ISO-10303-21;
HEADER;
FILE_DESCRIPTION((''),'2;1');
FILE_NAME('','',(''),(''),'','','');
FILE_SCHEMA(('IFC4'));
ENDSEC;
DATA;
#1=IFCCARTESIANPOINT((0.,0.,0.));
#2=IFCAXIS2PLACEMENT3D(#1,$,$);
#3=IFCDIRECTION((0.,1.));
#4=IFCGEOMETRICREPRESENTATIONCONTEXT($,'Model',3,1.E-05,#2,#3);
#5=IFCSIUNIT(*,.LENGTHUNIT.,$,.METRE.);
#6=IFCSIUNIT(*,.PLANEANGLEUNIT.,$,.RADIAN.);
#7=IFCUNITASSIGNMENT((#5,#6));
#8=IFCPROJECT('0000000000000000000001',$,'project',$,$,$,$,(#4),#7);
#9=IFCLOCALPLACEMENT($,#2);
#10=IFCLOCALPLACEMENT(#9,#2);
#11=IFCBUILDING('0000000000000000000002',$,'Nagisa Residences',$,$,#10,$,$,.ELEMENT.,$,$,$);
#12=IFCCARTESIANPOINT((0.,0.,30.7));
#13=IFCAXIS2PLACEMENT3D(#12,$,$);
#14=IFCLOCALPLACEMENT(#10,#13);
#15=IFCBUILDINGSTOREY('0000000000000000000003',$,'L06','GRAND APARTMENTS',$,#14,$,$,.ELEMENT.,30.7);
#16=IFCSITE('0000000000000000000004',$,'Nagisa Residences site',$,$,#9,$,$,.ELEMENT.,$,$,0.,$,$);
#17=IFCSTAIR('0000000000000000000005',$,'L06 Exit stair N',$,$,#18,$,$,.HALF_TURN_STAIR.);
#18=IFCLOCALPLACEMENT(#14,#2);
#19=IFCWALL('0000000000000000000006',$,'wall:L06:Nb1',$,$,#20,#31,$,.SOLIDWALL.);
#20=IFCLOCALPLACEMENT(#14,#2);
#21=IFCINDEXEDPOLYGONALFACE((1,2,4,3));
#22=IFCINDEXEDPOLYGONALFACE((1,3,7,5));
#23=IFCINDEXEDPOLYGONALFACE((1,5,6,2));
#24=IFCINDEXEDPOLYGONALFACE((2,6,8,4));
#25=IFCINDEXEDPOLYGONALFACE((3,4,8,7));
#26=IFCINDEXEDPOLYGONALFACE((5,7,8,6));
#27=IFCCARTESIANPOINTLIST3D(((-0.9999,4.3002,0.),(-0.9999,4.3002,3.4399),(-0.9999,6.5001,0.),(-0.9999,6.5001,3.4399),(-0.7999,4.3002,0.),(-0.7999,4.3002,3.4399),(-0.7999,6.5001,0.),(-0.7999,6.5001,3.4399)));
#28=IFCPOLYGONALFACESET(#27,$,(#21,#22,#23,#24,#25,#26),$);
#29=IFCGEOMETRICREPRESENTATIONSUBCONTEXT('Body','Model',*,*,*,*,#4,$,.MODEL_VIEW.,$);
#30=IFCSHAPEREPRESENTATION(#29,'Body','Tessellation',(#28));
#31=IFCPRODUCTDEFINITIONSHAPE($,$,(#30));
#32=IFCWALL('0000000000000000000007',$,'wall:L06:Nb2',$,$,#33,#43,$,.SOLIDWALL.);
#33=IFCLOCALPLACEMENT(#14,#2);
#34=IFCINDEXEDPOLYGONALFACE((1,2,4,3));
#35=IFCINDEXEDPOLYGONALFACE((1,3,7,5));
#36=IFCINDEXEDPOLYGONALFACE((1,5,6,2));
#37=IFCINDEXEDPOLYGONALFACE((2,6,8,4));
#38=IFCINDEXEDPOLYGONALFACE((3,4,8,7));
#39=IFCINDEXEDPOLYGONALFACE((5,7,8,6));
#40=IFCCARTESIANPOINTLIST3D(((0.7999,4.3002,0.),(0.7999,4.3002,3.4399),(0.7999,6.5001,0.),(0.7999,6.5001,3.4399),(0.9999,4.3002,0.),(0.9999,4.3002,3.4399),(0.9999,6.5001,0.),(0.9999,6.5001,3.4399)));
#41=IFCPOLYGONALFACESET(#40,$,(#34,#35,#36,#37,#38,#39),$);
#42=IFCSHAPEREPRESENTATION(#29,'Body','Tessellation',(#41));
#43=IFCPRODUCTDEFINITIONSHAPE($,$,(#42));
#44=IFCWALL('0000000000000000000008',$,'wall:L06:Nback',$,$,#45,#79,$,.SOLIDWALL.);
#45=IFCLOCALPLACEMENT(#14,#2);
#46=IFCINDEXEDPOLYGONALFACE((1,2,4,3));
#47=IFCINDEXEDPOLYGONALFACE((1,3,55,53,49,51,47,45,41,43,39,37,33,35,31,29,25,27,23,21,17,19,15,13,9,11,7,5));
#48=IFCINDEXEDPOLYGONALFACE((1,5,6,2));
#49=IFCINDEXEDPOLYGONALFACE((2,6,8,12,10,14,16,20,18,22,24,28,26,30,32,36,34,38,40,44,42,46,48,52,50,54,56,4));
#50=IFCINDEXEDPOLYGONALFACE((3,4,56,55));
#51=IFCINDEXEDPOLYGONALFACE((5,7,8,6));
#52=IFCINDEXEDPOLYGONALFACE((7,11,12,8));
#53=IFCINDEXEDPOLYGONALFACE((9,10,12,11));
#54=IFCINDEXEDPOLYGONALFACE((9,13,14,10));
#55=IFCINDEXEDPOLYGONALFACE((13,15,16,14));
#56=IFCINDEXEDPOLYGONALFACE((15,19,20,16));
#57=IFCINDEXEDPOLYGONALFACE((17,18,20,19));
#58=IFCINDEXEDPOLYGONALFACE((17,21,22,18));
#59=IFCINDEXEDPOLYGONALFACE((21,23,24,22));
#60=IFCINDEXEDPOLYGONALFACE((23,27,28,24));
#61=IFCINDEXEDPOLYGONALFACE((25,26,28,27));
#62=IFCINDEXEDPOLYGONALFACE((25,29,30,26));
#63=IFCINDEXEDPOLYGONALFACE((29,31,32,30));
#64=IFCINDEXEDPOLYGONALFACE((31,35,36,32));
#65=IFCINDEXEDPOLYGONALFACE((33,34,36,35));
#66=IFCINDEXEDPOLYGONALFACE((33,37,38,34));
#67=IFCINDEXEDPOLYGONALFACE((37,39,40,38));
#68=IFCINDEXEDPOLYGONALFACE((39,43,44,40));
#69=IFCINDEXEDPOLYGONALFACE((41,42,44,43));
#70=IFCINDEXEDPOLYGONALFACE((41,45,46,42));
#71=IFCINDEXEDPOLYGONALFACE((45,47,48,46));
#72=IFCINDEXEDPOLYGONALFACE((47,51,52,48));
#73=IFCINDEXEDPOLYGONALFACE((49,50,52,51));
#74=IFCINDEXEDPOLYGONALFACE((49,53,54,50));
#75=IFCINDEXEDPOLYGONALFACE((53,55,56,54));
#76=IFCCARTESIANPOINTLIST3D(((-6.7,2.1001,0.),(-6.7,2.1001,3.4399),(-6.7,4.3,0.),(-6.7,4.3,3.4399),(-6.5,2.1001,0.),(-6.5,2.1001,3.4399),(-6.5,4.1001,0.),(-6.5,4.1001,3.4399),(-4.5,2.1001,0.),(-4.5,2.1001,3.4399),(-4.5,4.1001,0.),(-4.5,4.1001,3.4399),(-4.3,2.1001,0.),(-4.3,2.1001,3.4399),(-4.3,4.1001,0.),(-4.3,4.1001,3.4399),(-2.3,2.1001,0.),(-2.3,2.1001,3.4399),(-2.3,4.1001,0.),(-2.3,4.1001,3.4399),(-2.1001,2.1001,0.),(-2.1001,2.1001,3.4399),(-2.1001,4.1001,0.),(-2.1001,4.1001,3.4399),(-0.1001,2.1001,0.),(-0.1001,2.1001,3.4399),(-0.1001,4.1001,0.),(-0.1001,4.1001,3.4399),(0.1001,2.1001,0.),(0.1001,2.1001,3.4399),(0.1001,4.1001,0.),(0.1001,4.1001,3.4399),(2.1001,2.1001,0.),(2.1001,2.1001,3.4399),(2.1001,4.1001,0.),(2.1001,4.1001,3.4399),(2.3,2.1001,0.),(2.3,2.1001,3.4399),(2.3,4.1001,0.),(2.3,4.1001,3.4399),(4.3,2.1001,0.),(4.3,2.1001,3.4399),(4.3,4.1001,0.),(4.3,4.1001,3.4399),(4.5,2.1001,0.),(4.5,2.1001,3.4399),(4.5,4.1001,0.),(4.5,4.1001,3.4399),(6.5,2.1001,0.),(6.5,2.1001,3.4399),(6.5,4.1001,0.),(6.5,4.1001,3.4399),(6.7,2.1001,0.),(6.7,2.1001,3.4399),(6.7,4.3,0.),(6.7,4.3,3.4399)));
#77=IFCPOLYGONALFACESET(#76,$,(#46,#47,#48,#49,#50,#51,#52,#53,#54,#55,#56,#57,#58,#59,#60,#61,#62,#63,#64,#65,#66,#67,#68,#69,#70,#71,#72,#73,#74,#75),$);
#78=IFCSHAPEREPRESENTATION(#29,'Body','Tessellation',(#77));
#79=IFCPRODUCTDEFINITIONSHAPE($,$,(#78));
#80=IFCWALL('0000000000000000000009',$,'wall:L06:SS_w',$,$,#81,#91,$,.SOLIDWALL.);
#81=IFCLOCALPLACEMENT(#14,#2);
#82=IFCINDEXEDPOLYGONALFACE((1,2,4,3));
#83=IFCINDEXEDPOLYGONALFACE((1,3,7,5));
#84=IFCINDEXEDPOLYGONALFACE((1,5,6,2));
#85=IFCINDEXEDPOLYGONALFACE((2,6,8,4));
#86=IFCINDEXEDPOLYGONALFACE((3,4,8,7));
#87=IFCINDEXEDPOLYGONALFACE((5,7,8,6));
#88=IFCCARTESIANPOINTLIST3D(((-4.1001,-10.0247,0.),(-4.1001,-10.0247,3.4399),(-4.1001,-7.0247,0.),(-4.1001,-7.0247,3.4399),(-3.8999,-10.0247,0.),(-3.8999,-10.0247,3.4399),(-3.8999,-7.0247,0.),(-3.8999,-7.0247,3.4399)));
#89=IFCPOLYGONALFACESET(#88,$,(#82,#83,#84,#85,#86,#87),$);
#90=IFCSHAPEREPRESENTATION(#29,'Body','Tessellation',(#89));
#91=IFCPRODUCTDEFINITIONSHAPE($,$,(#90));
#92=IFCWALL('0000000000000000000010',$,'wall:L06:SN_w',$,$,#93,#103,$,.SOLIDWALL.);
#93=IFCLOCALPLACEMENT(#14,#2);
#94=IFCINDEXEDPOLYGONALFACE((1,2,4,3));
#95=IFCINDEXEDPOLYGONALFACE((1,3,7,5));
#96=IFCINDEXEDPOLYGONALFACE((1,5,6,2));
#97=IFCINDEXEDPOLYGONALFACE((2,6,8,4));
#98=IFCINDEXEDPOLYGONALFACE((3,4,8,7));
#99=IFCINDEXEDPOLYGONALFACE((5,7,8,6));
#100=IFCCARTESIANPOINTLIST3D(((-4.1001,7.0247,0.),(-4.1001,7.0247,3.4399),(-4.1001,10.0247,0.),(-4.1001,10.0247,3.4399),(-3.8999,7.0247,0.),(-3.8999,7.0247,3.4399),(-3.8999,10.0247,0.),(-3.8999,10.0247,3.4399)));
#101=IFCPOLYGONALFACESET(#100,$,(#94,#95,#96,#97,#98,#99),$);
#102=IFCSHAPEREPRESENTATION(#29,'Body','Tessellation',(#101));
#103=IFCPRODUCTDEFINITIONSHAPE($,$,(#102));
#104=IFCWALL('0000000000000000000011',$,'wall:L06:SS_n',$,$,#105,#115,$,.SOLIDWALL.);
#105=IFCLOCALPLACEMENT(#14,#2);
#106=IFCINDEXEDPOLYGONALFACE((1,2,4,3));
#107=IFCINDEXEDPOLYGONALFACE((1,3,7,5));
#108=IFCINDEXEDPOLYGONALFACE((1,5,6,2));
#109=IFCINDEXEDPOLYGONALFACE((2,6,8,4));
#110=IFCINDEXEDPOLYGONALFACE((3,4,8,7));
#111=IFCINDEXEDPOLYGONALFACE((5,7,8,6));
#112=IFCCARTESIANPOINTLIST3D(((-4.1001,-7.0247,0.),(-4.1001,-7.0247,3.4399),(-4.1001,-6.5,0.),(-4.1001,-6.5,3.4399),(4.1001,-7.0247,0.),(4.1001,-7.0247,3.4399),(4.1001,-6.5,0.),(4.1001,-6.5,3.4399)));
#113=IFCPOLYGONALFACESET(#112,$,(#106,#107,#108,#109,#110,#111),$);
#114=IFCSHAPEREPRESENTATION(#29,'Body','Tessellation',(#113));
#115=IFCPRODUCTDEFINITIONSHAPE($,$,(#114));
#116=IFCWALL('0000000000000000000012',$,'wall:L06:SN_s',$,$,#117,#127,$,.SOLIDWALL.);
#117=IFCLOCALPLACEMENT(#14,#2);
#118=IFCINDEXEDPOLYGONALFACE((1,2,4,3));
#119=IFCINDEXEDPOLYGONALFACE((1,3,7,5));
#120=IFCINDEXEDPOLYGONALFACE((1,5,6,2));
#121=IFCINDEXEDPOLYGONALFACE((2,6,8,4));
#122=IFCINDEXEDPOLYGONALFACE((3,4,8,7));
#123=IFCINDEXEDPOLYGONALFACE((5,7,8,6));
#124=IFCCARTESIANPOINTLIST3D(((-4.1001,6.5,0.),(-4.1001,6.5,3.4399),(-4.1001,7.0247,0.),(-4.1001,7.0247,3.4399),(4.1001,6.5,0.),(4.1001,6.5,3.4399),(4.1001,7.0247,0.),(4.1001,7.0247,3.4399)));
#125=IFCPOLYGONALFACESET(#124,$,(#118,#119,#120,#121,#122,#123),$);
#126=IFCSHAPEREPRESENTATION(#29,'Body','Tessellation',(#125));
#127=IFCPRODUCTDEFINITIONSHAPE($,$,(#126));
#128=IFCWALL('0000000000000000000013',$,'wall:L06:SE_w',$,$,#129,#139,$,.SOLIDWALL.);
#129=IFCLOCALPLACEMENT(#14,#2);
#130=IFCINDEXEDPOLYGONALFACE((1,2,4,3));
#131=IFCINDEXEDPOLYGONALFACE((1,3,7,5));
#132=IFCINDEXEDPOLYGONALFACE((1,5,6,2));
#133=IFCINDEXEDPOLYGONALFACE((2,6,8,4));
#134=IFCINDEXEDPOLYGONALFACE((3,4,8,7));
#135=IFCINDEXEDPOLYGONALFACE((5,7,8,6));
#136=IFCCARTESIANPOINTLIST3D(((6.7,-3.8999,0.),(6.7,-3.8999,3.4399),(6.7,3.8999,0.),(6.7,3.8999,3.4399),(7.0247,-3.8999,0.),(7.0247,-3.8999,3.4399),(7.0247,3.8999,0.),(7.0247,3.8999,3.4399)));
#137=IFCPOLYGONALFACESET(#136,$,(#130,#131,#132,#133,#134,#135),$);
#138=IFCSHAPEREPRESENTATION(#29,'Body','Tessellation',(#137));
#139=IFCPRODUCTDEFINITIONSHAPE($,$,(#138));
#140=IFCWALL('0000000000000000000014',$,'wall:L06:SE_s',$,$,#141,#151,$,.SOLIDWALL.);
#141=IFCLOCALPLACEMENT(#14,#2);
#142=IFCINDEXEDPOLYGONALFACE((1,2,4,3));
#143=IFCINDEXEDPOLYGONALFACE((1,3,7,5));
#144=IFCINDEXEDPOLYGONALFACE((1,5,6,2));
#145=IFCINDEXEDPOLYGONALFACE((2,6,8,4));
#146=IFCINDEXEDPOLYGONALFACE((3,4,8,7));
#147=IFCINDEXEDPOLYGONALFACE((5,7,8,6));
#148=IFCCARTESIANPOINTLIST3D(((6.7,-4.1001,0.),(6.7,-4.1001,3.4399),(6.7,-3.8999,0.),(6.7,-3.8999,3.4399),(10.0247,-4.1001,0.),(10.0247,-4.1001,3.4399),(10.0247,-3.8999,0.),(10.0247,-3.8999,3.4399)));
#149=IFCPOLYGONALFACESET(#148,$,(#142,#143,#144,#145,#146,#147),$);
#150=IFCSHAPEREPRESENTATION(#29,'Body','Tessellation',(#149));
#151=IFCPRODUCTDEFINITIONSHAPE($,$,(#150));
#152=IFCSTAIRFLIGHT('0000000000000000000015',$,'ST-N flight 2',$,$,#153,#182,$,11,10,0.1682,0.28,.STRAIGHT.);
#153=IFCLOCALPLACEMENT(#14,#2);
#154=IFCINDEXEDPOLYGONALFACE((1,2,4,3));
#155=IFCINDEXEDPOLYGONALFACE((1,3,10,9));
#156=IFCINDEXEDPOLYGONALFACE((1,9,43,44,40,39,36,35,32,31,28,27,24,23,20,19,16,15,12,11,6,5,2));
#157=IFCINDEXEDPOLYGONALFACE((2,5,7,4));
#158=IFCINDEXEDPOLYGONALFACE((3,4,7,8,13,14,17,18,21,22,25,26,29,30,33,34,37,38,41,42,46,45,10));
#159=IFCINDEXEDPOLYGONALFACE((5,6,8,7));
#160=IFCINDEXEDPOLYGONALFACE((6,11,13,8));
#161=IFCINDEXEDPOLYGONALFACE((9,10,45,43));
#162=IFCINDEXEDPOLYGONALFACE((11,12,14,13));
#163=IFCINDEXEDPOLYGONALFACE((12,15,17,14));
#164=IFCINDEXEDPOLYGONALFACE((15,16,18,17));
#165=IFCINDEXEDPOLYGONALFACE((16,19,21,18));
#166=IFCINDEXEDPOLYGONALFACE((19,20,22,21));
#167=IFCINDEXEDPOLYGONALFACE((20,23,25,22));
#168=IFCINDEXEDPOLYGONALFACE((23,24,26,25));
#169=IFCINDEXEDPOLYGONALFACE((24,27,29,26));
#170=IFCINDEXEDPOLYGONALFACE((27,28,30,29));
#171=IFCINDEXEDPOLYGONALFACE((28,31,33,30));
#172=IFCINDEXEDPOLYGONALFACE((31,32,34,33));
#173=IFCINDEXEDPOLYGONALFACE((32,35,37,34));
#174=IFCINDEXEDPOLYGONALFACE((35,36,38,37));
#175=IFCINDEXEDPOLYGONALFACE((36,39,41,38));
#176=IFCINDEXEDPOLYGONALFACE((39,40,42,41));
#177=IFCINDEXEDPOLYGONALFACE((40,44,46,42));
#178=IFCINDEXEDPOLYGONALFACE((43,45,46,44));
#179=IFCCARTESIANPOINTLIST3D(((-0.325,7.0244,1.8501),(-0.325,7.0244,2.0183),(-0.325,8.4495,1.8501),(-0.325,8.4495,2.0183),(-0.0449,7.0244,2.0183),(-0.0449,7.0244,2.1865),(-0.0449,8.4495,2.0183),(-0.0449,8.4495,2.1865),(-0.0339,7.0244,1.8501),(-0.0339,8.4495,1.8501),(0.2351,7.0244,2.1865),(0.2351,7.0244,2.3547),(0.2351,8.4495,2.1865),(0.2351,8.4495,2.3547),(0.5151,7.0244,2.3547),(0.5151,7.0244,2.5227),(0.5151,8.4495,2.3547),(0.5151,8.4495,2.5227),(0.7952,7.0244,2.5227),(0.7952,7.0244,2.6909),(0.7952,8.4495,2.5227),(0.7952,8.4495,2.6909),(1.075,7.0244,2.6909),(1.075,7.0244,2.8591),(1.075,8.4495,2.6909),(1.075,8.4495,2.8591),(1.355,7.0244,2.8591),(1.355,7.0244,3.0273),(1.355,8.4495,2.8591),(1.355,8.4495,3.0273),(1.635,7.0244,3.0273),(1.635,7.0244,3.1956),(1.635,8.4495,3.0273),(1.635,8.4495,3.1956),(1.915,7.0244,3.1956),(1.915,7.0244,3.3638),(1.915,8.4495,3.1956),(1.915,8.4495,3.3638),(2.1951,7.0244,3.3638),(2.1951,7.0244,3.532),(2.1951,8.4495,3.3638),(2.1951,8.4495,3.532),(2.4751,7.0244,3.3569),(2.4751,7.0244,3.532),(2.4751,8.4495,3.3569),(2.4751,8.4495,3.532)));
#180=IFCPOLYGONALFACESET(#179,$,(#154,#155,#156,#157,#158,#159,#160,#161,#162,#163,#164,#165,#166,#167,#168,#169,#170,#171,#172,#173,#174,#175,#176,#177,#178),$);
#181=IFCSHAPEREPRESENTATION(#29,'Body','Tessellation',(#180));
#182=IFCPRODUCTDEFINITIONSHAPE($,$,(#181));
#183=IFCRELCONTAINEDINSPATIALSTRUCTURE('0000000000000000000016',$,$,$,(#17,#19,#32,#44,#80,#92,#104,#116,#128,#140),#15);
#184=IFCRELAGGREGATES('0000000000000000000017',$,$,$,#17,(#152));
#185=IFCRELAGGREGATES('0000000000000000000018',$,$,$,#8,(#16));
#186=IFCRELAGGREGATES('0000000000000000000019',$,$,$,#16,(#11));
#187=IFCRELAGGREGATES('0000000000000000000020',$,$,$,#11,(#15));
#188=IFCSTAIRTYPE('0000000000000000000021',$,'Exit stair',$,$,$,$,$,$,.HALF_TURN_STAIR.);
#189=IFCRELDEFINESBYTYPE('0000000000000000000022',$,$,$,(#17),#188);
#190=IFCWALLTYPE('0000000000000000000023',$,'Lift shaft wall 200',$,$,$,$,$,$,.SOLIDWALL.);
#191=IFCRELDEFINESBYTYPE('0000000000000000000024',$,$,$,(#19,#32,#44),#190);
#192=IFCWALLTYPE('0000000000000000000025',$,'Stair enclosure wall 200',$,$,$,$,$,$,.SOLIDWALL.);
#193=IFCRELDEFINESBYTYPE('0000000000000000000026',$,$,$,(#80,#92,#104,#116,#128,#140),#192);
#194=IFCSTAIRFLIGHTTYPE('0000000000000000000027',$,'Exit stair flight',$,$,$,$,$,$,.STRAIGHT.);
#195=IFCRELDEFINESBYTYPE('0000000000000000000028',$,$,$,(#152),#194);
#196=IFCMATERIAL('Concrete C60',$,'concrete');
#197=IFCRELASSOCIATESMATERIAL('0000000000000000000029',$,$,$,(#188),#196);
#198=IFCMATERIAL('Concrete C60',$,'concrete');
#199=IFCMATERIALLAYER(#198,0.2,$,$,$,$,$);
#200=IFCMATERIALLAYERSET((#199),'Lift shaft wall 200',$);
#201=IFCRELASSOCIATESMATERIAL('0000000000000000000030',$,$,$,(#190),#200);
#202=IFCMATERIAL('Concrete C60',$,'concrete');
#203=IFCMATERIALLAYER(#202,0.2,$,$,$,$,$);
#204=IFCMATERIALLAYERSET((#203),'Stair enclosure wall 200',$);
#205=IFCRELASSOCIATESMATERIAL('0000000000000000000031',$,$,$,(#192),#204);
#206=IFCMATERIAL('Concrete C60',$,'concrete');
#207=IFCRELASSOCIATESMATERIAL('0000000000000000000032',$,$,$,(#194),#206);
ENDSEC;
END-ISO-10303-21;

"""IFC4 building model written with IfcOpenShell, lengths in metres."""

from ifc_helpers import new_model, si_unit, direction, frame, frame_2d, origin, place, context, subcontext, project, spatial, polyline, rectangle, outline, extrude, material, layer, layer_set, type_object, element, aggregate, save


model = new_model("IFC4")

# Units and contexts
model_context = context("Model", 3, precision=1e-05, world=origin(), true_north=direction((0.0, 1.0)))
body_context = subcontext(model_context, "Body", "Model", "MODEL_VIEW")
ifc_project = project(units=[si_unit("LENGTHUNIT", "METRE"), si_unit("PLANEANGLEUNIT", "RADIAN")], contexts=[model_context])

# Site, building, storey
site_placement = place(None, origin())
site = spatial("IfcSite", under=ifc_project, at=site_placement, Name="Nagisa Residences site", CompositionType="ELEMENT", RefElevation=0.0)
building_placement = place(site_placement, origin())
building = spatial("IfcBuilding", under=site, at=building_placement, Name="Nagisa Residences", CompositionType="ELEMENT")
storey_placement = place(building_placement, frame((0.0, 0.0, 30.7)))
storey = spatial("IfcBuildingStorey", under=building, at=storey_placement, Name="L06", Description="GRAND APARTMENTS", CompositionType="ELEMENT", Elevation=30.7)

# Stair
ifc_material_1 = material(Name="Concrete C60", Category="concrete")
stair_type = type_object("IfcStairType", Name="Exit stair", PredefinedType="HALF_TURN_STAIR", material=ifc_material_1)
stair_1_placement = place(storey_placement, origin())
stair_1 = element("IfcStair", 1, at=stair_1_placement, inside=storey, type_object=stair_type, Name="L06 Exit stair N", PredefinedType="HALF_TURN_STAIR")

# Shared definitions
ifc_material_2 = material(Name="Concrete C60", Category="concrete")
ifc_layer_1 = layer(ifc_material_2, 0.2)
ifc_layer_set_1 = layer_set([ifc_layer_1], Name="Lift shaft wall 200")
wall_type_1 = type_object("IfcWallType", Name="Lift shaft wall 200", PredefinedType="SOLIDWALL", material=ifc_layer_set_1)

# Walls
for number, where, z_axis, x_axis, name in (
    (2, (-0.8999, 4.3, 0.0), (0.0, 0.0, 1.0), (0.0, 1.0, 0.0), "wall:L06:Nb1"),
    (3, (0.8999, 4.3, 0.0), (0.0, 0.0, 1.0), (0.0, 1.0, 0.0), "wall:L06:Nb2"),
):
    element("IfcWall", number, at=place(storey_placement, frame(where, z_axis=z_axis, x_axis=x_axis)), inside=storey, type_object=wall_type_1, Name=name, PredefinedType="SOLIDWALL", context=body_context, shape_type="SweptSolid", body=[
        extrude(rectangle(XDim=2.2, YDim=0.2, at=frame_2d((1.1001, 0.0))), origin(), (0.0, 0.0, 1.0), 3.4399),
    ])
wall_1_placement = place(storey_placement, origin())
element("IfcWall", 4, at=wall_1_placement, inside=storey, type_object=wall_type_1, Name="wall:L06:Nback", PredefinedType="SOLIDWALL", context=body_context, shape_type="SweptSolid", body=[
    extrude(outline(polyline([(-6.5, 2.1001), (-6.7, 2.1001), (-6.7, 4.3), (6.7, 4.3), (6.7, 2.1001), (6.5, 2.1001), (6.5, 4.1001), (4.5, 4.1001), (4.5, 2.1001), (4.3, 2.1001), (4.3, 4.1001), (2.3, 4.1001), (2.3, 2.1001), (2.1001, 2.1001), (2.1001, 4.1001), (0.1001, 4.1001), (0.1001, 2.1001), (-0.1001, 2.1001), (-0.1001, 4.1001), (-2.1001, 4.1001), (-2.1001, 2.1001), (-2.3, 2.1001), (-2.3, 4.1001), (-4.3, 4.1001), (-4.3, 2.1001), (-4.5, 2.1001), (-4.5, 4.1001), (-6.5, 4.1001), (-6.5, 2.1001)])), origin(), (0.0, 0.0, 1.0), 3.4399),
])
ifc_material_3 = material(Name="Concrete C60", Category="concrete")
ifc_layer_2 = layer(ifc_material_3, 0.2)
ifc_layer_set_2 = layer_set([ifc_layer_2], Name="Stair enclosure wall 200")
wall_type_2 = type_object("IfcWallType", Name="Stair enclosure wall 200", PredefinedType="SOLIDWALL", material=ifc_layer_set_2)
wall_2_placement = place(storey_placement, origin())
element("IfcWall", 5, at=wall_2_placement, inside=storey, type_object=wall_type_2, Name="wall:L06:SS_w", PredefinedType="SOLIDWALL", context=body_context, shape_type="SweptSolid", body=[
    extrude(outline(polyline([(-3.8999, -10.0247), (-4.1001, -10.0247), (-4.1001, -7.0247), (-3.8999, -7.0247), (-3.8999, -10.0247)])), origin(), (0.0, 0.0, 1.0), 3.4399),
])
wall_3_placement = place(storey_placement, origin())
element("IfcWall", 6, at=wall_3_placement, inside=storey, type_object=wall_type_2, Name="wall:L06:SN_w", PredefinedType="SOLIDWALL", context=body_context, shape_type="SweptSolid", body=[
    extrude(outline(polyline([(-3.8999, 7.0247), (-4.1001, 7.0247), (-4.1001, 10.0247), (-3.8999, 10.0247), (-3.8999, 7.0247)])), origin(), (0.0, 0.0, 1.0), 3.4399),
])
wall_4_placement = place(storey_placement, origin())
element("IfcWall", 7, at=wall_4_placement, inside=storey, type_object=wall_type_2, Name="wall:L06:SS_n", PredefinedType="SOLIDWALL", context=body_context, shape_type="SweptSolid", body=[
    extrude(outline(polyline([(4.1001, -7.0247), (-4.1001, -7.0247), (-4.1001, -6.5), (4.1001, -6.5), (4.1001, -7.0247)])), origin(), (0.0, 0.0, 1.0), 3.4399),
])
wall_5_placement = place(storey_placement, origin())
element("IfcWall", 8, at=wall_5_placement, inside=storey, type_object=wall_type_2, Name="wall:L06:SN_s", PredefinedType="SOLIDWALL", context=body_context, shape_type="SweptSolid", body=[
    extrude(outline(polyline([(4.1001, 6.5), (-4.1001, 6.5), (-4.1001, 7.0247), (4.1001, 7.0247), (4.1001, 6.5)])), origin(), (0.0, 0.0, 1.0), 3.4399),
])
wall_6_placement = place(storey_placement, origin())
element("IfcWall", 9, at=wall_6_placement, inside=storey, type_object=wall_type_2, Name="wall:L06:SE_w", PredefinedType="SOLIDWALL", context=body_context, shape_type="SweptSolid", body=[
    extrude(outline(polyline([(7.0247, -3.8999), (6.7, -3.8999), (6.7, 3.8999), (7.0247, 3.8999), (7.0247, -3.8999)])), origin(), (0.0, 0.0, 1.0), 3.4399),
])
wall_7_placement = place(storey_placement, origin())
element("IfcWall", 10, at=wall_7_placement, inside=storey, type_object=wall_type_2, Name="wall:L06:SE_s", PredefinedType="SOLIDWALL", context=body_context, shape_type="SweptSolid", body=[
    extrude(outline(polyline([(10.0247, -4.1001), (6.7, -4.1001), (6.7, -3.8999), (10.0247, -3.8999), (10.0247, -4.1001)])), origin(), (0.0, 0.0, 1.0), 3.4399),
])

# Stair flight
ifc_material_4 = material(Name="Concrete C60", Category="concrete")
stair_flight_type = type_object("IfcStairFlightType", Name="Exit stair flight", PredefinedType="STRAIGHT", material=ifc_material_4)
stair_flight_placement = place(storey_placement, frame((-0.325, 7.7371, 1.8501), z_axis=(0.0, 0.0, 1.0), x_axis=(1.0, 0.0, 0.0)))
stair_flight = element("IfcStairFlight", 11, at=stair_flight_placement, type_object=stair_flight_type, Name="ST-N flight 2", NumberOfRisers=11, NumberOfTreads=10, PredefinedType="STRAIGHT", RiserHeight=0.1682, TreadLength=0.28, context=body_context, shape_type="SweptSolid", body=[
    extrude(outline(polyline([(0.0, 0.0), (0.0, 0.1682), (0.28, 0.1682), (0.28, 0.3364), (0.5601, 0.3364), (0.5601, 0.5046), (0.8401, 0.5046), (0.8401, 0.6726), (1.1201, 0.6726), (1.1201, 0.8408), (1.3999, 0.8408), (1.3999, 1.009), (1.6799, 1.009), (1.6799, 1.1772), (1.96, 1.1772), (1.96, 1.3455), (2.24, 1.3455), (2.24, 1.5137), (2.52, 1.5137), (2.52, 1.6819), (2.8, 1.6819), (2.8, 1.8501), (2.8, 1.5068), (0.291, 0.0), (0.0, 0.0)])), frame((0.0, 0.7124, 0.0), z_axis=(0.0, -1.0, 0.0), x_axis=(1.0, 0.0, 0.0)), (0.0, 0.0, 1.0), 1.425),
])
aggregate(stair_1, [stair_flight])

save(model, "model.ifc")
